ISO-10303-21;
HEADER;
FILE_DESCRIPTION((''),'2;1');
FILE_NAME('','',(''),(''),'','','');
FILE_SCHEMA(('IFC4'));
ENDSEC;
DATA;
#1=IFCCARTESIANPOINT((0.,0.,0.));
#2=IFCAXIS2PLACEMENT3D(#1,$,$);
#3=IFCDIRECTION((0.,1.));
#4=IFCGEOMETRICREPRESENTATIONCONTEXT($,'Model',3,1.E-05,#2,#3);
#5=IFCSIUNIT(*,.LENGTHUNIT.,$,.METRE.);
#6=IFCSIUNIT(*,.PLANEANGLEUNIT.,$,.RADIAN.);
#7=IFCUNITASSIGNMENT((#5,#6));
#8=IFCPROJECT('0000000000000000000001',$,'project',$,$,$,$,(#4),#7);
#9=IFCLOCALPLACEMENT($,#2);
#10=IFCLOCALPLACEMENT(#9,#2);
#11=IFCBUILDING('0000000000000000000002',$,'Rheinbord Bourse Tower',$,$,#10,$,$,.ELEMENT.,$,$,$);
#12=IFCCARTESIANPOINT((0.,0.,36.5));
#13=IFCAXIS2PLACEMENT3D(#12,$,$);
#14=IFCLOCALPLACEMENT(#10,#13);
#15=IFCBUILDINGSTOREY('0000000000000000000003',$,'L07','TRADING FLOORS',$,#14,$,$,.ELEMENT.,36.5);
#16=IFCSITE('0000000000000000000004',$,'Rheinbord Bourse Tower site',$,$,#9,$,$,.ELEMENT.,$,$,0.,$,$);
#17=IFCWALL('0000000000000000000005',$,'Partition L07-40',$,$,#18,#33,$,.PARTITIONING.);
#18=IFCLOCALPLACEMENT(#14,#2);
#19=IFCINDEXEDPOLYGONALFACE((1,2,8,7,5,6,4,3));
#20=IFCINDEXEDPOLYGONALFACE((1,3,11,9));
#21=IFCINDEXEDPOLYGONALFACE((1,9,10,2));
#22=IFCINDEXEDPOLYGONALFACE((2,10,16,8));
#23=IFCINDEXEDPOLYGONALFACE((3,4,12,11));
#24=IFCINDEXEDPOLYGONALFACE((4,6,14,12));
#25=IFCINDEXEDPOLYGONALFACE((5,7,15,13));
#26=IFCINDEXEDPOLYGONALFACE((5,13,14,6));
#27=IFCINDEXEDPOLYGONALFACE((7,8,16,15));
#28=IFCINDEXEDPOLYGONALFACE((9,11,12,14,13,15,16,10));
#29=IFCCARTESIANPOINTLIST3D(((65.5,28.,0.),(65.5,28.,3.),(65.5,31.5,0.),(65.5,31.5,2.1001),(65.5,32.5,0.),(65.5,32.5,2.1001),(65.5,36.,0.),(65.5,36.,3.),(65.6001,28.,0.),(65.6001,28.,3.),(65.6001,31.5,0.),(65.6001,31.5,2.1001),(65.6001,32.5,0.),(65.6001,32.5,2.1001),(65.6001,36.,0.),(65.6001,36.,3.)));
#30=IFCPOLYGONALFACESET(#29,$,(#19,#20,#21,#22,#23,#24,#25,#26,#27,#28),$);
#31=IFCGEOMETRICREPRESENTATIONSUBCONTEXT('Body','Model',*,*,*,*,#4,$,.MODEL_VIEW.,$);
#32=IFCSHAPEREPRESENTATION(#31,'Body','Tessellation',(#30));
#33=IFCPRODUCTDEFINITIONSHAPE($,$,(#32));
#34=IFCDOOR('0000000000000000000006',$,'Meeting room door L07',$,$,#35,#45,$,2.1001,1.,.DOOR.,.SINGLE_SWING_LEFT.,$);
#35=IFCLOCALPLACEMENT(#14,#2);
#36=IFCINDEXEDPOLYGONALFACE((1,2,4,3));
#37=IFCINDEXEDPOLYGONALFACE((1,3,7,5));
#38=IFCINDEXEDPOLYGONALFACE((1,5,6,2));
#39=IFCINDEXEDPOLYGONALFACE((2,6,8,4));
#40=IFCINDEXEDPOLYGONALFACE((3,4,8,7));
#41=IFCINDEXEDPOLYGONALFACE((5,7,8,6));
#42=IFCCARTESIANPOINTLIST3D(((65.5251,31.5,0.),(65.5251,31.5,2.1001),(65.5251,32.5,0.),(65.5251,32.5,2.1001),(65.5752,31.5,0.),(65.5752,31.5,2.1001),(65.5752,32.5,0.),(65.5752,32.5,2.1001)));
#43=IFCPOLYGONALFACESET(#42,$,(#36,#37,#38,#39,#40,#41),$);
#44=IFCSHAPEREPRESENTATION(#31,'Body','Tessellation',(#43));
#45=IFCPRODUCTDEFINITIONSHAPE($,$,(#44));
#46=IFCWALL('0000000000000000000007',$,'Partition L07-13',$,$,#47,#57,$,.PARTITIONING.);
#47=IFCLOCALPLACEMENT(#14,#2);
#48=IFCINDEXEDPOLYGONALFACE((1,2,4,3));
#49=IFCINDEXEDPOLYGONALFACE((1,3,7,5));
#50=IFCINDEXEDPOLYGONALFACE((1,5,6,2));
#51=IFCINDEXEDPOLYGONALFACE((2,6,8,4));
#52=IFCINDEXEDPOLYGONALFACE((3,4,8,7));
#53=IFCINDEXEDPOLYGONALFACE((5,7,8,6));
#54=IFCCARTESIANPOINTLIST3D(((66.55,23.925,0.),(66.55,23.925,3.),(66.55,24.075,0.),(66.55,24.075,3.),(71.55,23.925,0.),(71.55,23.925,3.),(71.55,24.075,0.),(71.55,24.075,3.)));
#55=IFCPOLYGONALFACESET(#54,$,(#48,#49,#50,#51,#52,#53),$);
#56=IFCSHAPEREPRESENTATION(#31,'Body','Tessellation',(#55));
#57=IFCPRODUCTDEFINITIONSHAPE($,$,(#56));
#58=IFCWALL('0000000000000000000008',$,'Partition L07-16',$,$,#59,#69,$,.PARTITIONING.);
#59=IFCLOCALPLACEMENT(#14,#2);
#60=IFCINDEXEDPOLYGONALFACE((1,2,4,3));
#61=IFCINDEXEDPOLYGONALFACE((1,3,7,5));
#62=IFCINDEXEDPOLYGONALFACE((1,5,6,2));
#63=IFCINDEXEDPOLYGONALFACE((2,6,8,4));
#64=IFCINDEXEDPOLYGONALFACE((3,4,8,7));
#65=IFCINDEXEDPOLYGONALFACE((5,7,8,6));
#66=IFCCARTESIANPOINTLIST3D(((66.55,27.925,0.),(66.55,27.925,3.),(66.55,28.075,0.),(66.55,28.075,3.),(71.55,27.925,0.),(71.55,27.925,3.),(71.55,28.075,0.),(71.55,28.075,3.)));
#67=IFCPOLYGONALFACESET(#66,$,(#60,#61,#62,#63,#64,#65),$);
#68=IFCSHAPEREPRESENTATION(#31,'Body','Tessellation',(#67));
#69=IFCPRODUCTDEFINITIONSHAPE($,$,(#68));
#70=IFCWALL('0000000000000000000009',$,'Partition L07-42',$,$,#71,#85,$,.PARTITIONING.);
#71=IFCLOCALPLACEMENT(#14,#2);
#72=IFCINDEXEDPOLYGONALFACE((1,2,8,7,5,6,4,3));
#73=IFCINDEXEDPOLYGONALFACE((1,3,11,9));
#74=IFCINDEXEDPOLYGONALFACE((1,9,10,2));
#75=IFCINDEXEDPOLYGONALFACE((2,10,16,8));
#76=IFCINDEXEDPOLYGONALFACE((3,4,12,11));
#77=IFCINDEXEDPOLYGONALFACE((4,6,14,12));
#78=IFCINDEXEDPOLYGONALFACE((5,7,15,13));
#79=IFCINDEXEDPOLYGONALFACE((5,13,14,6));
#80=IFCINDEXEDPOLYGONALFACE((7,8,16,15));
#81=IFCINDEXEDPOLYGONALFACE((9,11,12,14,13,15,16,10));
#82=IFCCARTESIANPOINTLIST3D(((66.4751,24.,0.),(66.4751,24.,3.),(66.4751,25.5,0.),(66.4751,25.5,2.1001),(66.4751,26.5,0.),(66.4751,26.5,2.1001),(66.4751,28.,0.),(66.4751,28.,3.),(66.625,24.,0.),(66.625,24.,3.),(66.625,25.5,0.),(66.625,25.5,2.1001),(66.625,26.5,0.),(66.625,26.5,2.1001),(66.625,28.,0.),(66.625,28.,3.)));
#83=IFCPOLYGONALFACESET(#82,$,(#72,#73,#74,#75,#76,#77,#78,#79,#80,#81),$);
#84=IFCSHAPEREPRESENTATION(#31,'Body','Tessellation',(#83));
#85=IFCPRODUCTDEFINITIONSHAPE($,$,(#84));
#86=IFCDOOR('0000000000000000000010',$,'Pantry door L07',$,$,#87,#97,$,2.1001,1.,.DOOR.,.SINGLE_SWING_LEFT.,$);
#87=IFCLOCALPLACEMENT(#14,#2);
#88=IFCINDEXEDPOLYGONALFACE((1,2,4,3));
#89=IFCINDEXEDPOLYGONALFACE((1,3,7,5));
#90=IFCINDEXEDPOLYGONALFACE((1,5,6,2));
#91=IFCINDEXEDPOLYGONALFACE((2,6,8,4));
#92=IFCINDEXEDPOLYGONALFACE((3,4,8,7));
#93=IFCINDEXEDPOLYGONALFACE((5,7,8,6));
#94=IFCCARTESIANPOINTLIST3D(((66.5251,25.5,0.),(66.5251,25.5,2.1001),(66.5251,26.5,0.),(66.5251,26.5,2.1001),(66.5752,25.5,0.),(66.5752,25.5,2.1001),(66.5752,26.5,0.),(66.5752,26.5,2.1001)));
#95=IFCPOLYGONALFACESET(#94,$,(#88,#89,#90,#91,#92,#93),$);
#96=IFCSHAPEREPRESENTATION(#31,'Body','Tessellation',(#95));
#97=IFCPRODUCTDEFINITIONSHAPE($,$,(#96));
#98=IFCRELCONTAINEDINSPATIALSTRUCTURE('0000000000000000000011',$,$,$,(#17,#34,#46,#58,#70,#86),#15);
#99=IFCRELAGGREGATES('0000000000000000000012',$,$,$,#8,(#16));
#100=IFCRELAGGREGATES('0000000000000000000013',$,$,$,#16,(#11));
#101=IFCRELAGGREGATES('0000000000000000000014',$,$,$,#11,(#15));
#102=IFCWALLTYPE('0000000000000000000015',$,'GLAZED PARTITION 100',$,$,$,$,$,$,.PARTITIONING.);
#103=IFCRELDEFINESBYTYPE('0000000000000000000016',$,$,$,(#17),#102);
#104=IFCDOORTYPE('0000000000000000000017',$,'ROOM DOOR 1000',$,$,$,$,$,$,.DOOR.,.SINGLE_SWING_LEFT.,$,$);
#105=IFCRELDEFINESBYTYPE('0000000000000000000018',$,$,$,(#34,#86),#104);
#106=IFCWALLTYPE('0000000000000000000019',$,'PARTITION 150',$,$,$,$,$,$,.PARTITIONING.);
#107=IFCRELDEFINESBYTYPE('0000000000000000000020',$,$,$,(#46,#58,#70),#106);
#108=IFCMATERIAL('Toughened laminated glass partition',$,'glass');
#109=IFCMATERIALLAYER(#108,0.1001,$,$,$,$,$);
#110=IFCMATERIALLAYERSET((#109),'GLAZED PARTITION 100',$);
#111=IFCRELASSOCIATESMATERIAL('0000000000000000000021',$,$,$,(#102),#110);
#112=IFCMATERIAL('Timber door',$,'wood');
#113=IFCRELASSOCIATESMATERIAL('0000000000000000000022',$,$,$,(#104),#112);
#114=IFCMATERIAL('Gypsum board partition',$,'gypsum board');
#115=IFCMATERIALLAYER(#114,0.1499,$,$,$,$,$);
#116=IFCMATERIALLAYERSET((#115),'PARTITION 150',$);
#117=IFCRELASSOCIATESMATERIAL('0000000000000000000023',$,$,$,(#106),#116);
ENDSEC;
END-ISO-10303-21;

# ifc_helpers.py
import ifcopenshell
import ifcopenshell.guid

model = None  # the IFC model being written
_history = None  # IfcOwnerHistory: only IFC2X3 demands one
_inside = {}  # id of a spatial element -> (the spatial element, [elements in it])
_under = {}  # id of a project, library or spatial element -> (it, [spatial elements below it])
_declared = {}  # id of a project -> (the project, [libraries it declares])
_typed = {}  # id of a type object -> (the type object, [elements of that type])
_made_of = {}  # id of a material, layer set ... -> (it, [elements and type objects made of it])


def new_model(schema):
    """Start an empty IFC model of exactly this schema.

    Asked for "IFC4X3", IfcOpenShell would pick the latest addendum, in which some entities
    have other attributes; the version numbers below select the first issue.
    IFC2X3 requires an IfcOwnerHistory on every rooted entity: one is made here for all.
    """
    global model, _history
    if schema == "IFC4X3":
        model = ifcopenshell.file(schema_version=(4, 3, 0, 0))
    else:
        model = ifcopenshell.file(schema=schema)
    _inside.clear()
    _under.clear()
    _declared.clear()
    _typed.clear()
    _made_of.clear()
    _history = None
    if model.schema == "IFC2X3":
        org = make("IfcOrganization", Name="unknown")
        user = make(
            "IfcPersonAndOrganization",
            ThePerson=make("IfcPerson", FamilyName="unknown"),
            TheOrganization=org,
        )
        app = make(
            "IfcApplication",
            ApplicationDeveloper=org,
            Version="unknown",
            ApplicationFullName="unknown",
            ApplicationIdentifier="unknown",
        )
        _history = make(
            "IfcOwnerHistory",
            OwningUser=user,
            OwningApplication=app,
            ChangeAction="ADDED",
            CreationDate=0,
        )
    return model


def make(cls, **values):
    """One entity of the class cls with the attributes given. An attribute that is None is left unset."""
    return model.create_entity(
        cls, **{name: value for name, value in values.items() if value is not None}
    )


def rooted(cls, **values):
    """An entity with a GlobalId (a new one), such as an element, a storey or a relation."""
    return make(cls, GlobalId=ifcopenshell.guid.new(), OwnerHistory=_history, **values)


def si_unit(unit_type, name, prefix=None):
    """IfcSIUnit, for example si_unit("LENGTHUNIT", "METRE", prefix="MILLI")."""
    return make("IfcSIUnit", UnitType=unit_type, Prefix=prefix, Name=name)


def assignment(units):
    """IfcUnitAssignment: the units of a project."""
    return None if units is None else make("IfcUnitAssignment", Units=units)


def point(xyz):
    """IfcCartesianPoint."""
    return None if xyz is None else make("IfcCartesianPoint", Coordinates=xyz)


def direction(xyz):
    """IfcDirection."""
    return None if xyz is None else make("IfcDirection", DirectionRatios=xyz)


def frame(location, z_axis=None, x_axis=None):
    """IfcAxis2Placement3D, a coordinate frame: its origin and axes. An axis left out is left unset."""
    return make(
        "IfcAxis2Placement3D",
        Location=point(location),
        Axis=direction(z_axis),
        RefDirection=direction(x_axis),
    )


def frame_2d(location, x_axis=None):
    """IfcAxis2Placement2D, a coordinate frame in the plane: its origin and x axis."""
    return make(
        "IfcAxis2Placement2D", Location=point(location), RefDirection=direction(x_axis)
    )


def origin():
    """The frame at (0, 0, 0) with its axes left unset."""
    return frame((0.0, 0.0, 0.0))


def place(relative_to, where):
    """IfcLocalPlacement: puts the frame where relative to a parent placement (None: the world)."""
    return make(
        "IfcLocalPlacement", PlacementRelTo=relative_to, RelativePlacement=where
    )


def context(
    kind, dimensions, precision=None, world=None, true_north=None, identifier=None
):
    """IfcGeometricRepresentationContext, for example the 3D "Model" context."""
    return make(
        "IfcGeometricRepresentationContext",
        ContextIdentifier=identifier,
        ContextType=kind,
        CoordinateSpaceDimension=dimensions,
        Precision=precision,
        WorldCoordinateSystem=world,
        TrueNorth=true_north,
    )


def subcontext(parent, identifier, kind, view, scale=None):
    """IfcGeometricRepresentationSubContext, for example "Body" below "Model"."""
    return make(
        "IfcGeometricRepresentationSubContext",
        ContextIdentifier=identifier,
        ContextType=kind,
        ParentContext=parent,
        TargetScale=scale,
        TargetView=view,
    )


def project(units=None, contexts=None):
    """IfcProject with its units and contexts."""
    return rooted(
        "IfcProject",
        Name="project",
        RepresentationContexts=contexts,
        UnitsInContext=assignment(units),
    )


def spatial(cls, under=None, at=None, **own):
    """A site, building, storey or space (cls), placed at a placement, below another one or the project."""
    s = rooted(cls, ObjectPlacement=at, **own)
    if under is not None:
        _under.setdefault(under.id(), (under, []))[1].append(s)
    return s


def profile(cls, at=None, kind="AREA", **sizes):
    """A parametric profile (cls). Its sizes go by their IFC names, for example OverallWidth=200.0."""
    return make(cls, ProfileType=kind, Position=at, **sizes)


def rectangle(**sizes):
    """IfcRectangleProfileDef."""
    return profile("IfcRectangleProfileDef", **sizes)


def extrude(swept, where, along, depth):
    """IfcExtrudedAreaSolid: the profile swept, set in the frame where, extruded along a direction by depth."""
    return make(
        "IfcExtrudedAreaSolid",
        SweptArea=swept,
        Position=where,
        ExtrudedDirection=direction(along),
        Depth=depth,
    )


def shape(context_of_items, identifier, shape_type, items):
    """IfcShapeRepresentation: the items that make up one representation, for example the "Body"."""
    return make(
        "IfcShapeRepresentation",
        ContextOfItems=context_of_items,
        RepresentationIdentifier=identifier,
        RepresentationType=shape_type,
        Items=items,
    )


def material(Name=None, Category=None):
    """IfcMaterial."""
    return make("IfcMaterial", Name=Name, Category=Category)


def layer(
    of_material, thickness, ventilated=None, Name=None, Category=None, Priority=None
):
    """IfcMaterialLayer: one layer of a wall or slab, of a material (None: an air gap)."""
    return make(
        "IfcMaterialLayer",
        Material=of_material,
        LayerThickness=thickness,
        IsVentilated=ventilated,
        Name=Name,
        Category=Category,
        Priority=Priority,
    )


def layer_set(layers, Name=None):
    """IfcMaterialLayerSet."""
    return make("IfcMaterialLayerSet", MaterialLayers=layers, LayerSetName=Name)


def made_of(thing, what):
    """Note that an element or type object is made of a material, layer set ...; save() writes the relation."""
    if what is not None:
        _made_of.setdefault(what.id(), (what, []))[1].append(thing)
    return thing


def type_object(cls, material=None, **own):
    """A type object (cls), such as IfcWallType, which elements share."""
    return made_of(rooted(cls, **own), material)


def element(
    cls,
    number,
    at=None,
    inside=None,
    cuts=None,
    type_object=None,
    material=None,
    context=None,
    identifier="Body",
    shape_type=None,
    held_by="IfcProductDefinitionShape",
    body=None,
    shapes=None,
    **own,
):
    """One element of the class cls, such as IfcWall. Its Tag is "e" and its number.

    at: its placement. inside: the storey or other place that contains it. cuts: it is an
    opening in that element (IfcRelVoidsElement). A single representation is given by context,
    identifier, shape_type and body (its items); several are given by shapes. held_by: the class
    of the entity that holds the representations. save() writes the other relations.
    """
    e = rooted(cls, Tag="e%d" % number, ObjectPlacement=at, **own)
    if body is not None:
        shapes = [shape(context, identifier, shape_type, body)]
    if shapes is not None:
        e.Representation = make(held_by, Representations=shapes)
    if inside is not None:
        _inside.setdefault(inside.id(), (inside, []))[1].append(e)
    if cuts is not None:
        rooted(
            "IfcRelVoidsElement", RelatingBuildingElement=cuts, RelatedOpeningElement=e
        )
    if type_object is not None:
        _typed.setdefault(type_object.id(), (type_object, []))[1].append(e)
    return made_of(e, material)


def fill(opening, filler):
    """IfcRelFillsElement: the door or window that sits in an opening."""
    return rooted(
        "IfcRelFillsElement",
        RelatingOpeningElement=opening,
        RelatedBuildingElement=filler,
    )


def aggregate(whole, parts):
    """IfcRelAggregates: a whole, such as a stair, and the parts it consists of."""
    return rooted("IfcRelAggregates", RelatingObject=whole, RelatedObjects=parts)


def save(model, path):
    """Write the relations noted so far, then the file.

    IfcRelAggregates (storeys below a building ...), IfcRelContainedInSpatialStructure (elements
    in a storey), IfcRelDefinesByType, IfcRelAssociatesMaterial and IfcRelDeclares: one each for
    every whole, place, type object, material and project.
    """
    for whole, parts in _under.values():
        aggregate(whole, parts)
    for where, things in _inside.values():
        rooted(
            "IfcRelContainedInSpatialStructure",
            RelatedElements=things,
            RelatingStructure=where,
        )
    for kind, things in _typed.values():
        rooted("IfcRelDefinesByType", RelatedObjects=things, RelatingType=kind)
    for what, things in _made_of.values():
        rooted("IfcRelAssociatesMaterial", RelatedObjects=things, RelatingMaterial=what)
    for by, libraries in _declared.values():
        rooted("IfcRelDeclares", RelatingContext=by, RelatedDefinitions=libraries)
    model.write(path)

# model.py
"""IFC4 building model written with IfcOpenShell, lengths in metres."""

from ifc_helpers import new_model, si_unit, direction, frame, frame_2d, origin, place, context, subcontext, project, spatial, rectangle, extrude, material, layer, layer_set, type_object, element, fill, save


model = new_model("IFC4")

# Units and contexts
model_context = context("Model", 3, precision=1e-05, world=origin(), true_north=direction((0.0, 1.0)))
body_context = subcontext(model_context, "Body", "Model", "MODEL_VIEW")
ifc_project = project(units=[si_unit("LENGTHUNIT", "METRE"), si_unit("PLANEANGLEUNIT", "RADIAN")], contexts=[model_context])

# Site, building, storey
site_placement = place(None, origin())
site = spatial("IfcSite", under=ifc_project, at=site_placement, Name="Rheinbord Bourse Tower site", CompositionType="ELEMENT", RefElevation=0.0)
building_placement = place(site_placement, origin())
building = spatial("IfcBuilding", under=site, at=building_placement, Name="Rheinbord Bourse Tower", CompositionType="ELEMENT")
storey_placement = place(building_placement, frame((0.0, 0.0, 36.5)))
storey = spatial("IfcBuildingStorey", under=building, at=storey_placement, Name="L07", Description="TRADING FLOORS", CompositionType="ELEMENT", Elevation=36.5)

# Shared definitions
ifc_material_1 = material(Name="Toughened laminated glass partition", Category="glass")
ifc_layer_1 = layer(ifc_material_1, 0.1001)
ifc_layer_set_1 = layer_set([ifc_layer_1], Name="GLAZED PARTITION 100")
wall_type_1 = type_object("IfcWallType", Name="GLAZED PARTITION 100", PredefinedType="PARTITIONING", material=ifc_layer_set_1)

# Wall, opening, door
wall_1_placement = place(storey_placement, frame((65.55, 28.0, 0.0), z_axis=(0.0, 0.0, 1.0), x_axis=(0.0, 1.0, 0.0)))
wall_1 = element("IfcWall", 1, at=wall_1_placement, inside=storey, type_object=wall_type_1, Name="Partition L07-40", PredefinedType="PARTITIONING", context=body_context, shape_type="SweptSolid", body=[
    extrude(rectangle(XDim=8.0, YDim=0.1001, at=frame_2d((4.0, 0.0))), origin(), (0.0, 0.0, 1.0), 3.0),
])
opening_1_placement = place(wall_1_placement, frame((3.5, 0.0, 0.0)))
opening_1 = element("IfcOpeningElement", 2, at=opening_1_placement, cuts=wall_1, PredefinedType="OPENING", context=body_context, shape_type="SweptSolid", body=[
    extrude(rectangle(XDim=1.0, YDim=2.1001, at=frame_2d((0.5, 1.05))), frame((0.0, 0.0601, 0.0), z_axis=(0.0, -1.0, 0.0), x_axis=(1.0, 0.0, 0.0)), (0.0, 0.0, 1.0), 0.1201),
])
ifc_material_2 = material(Name="Timber door", Category="wood")
door_type = type_object("IfcDoorType", Name="ROOM DOOR 1000", OperationType="SINGLE_SWING_LEFT", PredefinedType="DOOR", material=ifc_material_2)
door_1_placement = place(opening_1_placement, origin())
door_1 = element("IfcDoor", 3, at=door_1_placement, inside=storey, type_object=door_type, Name="Meeting room door L07", OperationType="SINGLE_SWING_LEFT", OverallHeight=2.1001, OverallWidth=1.0, PredefinedType="DOOR", context=body_context, shape_type="SweptSolid", body=[
    extrude(rectangle(XDim=1.0, YDim=2.1001, at=frame_2d((0.5, 1.05))), frame((0.0, 0.0249, 0.0), z_axis=(0.0, -1.0, 0.0), x_axis=(1.0, 0.0, 0.0)), (0.0, 0.0, 1.0), 0.05),
])
fill(opening_1, door_1)

# Walls
ifc_material_3 = material(Name="Gypsum board partition", Category="gypsum board")
ifc_layer_2 = layer(ifc_material_3, 0.1499)
ifc_layer_set_2 = layer_set([ifc_layer_2], Name="PARTITION 150")
wall_type_2 = type_object("IfcWallType", Name="PARTITION 150", PredefinedType="PARTITIONING", material=ifc_layer_set_2)
for number, where, z_axis, x_axis, name in (
    (4, (66.55, 24.0, 0.0), (0.0, 0.0, 1.0), (1.0, 0.0, 0.0), "Partition L07-13"),
    (5, (66.55, 28.0, 0.0), (0.0, 0.0, 1.0), (1.0, 0.0, 0.0), "Partition L07-16"),
):
    element("IfcWall", number, at=place(storey_placement, frame(where, z_axis=z_axis, x_axis=x_axis)), inside=storey, type_object=wall_type_2, Name=name, PredefinedType="PARTITIONING", context=body_context, shape_type="SweptSolid", body=[
        extrude(rectangle(XDim=5.0, YDim=0.1499, at=frame_2d((2.5, 0.0))), origin(), (0.0, 0.0, 1.0), 3.0),
    ])

# Wall, opening, door
wall_2_placement = place(storey_placement, frame((66.55, 24.0, 0.0), z_axis=(0.0, 0.0, 1.0), x_axis=(0.0, 1.0, 0.0)))
wall_2 = element("IfcWall", 6, at=wall_2_placement, inside=storey, type_object=wall_type_2, Name="Partition L07-42", PredefinedType="PARTITIONING", context=body_context, shape_type="SweptSolid", body=[
    extrude(rectangle(XDim=4.0, YDim=0.1499, at=frame_2d((2.0, 0.0))), origin(), (0.0, 0.0, 1.0), 3.0),
])
opening_2_placement = place(wall_2_placement, frame((1.5, 0.0, 0.0)))
opening_2 = element("IfcOpeningElement", 7, at=opening_2_placement, cuts=wall_2, PredefinedType="OPENING", context=body_context, shape_type="SweptSolid", body=[
    extrude(rectangle(XDim=1.0, YDim=2.1001, at=frame_2d((0.5, 1.05))), frame((0.0, 0.085, 0.0), z_axis=(0.0, -1.0, 0.0), x_axis=(1.0, 0.0, 0.0)), (0.0, 0.0, 1.0), 0.1699),
])
door_2_placement = place(opening_2_placement, origin())
door_2 = element("IfcDoor", 8, at=door_2_placement, inside=storey, type_object=door_type, Name="Pantry door L07", OperationType="SINGLE_SWING_LEFT", OverallHeight=2.1001, OverallWidth=1.0, PredefinedType="DOOR", context=body_context, shape_type="SweptSolid", body=[
    extrude(rectangle(XDim=1.0, YDim=2.1001, at=frame_2d((0.5, 1.05))), frame((0.0, 0.0249, 0.0), z_axis=(0.0, -1.0, 0.0), x_axis=(1.0, 0.0, 0.0)), (0.0, 0.0, 1.0), 0.05),
])
fill(opening_2, door_2)

save(model, "model.ifc")
